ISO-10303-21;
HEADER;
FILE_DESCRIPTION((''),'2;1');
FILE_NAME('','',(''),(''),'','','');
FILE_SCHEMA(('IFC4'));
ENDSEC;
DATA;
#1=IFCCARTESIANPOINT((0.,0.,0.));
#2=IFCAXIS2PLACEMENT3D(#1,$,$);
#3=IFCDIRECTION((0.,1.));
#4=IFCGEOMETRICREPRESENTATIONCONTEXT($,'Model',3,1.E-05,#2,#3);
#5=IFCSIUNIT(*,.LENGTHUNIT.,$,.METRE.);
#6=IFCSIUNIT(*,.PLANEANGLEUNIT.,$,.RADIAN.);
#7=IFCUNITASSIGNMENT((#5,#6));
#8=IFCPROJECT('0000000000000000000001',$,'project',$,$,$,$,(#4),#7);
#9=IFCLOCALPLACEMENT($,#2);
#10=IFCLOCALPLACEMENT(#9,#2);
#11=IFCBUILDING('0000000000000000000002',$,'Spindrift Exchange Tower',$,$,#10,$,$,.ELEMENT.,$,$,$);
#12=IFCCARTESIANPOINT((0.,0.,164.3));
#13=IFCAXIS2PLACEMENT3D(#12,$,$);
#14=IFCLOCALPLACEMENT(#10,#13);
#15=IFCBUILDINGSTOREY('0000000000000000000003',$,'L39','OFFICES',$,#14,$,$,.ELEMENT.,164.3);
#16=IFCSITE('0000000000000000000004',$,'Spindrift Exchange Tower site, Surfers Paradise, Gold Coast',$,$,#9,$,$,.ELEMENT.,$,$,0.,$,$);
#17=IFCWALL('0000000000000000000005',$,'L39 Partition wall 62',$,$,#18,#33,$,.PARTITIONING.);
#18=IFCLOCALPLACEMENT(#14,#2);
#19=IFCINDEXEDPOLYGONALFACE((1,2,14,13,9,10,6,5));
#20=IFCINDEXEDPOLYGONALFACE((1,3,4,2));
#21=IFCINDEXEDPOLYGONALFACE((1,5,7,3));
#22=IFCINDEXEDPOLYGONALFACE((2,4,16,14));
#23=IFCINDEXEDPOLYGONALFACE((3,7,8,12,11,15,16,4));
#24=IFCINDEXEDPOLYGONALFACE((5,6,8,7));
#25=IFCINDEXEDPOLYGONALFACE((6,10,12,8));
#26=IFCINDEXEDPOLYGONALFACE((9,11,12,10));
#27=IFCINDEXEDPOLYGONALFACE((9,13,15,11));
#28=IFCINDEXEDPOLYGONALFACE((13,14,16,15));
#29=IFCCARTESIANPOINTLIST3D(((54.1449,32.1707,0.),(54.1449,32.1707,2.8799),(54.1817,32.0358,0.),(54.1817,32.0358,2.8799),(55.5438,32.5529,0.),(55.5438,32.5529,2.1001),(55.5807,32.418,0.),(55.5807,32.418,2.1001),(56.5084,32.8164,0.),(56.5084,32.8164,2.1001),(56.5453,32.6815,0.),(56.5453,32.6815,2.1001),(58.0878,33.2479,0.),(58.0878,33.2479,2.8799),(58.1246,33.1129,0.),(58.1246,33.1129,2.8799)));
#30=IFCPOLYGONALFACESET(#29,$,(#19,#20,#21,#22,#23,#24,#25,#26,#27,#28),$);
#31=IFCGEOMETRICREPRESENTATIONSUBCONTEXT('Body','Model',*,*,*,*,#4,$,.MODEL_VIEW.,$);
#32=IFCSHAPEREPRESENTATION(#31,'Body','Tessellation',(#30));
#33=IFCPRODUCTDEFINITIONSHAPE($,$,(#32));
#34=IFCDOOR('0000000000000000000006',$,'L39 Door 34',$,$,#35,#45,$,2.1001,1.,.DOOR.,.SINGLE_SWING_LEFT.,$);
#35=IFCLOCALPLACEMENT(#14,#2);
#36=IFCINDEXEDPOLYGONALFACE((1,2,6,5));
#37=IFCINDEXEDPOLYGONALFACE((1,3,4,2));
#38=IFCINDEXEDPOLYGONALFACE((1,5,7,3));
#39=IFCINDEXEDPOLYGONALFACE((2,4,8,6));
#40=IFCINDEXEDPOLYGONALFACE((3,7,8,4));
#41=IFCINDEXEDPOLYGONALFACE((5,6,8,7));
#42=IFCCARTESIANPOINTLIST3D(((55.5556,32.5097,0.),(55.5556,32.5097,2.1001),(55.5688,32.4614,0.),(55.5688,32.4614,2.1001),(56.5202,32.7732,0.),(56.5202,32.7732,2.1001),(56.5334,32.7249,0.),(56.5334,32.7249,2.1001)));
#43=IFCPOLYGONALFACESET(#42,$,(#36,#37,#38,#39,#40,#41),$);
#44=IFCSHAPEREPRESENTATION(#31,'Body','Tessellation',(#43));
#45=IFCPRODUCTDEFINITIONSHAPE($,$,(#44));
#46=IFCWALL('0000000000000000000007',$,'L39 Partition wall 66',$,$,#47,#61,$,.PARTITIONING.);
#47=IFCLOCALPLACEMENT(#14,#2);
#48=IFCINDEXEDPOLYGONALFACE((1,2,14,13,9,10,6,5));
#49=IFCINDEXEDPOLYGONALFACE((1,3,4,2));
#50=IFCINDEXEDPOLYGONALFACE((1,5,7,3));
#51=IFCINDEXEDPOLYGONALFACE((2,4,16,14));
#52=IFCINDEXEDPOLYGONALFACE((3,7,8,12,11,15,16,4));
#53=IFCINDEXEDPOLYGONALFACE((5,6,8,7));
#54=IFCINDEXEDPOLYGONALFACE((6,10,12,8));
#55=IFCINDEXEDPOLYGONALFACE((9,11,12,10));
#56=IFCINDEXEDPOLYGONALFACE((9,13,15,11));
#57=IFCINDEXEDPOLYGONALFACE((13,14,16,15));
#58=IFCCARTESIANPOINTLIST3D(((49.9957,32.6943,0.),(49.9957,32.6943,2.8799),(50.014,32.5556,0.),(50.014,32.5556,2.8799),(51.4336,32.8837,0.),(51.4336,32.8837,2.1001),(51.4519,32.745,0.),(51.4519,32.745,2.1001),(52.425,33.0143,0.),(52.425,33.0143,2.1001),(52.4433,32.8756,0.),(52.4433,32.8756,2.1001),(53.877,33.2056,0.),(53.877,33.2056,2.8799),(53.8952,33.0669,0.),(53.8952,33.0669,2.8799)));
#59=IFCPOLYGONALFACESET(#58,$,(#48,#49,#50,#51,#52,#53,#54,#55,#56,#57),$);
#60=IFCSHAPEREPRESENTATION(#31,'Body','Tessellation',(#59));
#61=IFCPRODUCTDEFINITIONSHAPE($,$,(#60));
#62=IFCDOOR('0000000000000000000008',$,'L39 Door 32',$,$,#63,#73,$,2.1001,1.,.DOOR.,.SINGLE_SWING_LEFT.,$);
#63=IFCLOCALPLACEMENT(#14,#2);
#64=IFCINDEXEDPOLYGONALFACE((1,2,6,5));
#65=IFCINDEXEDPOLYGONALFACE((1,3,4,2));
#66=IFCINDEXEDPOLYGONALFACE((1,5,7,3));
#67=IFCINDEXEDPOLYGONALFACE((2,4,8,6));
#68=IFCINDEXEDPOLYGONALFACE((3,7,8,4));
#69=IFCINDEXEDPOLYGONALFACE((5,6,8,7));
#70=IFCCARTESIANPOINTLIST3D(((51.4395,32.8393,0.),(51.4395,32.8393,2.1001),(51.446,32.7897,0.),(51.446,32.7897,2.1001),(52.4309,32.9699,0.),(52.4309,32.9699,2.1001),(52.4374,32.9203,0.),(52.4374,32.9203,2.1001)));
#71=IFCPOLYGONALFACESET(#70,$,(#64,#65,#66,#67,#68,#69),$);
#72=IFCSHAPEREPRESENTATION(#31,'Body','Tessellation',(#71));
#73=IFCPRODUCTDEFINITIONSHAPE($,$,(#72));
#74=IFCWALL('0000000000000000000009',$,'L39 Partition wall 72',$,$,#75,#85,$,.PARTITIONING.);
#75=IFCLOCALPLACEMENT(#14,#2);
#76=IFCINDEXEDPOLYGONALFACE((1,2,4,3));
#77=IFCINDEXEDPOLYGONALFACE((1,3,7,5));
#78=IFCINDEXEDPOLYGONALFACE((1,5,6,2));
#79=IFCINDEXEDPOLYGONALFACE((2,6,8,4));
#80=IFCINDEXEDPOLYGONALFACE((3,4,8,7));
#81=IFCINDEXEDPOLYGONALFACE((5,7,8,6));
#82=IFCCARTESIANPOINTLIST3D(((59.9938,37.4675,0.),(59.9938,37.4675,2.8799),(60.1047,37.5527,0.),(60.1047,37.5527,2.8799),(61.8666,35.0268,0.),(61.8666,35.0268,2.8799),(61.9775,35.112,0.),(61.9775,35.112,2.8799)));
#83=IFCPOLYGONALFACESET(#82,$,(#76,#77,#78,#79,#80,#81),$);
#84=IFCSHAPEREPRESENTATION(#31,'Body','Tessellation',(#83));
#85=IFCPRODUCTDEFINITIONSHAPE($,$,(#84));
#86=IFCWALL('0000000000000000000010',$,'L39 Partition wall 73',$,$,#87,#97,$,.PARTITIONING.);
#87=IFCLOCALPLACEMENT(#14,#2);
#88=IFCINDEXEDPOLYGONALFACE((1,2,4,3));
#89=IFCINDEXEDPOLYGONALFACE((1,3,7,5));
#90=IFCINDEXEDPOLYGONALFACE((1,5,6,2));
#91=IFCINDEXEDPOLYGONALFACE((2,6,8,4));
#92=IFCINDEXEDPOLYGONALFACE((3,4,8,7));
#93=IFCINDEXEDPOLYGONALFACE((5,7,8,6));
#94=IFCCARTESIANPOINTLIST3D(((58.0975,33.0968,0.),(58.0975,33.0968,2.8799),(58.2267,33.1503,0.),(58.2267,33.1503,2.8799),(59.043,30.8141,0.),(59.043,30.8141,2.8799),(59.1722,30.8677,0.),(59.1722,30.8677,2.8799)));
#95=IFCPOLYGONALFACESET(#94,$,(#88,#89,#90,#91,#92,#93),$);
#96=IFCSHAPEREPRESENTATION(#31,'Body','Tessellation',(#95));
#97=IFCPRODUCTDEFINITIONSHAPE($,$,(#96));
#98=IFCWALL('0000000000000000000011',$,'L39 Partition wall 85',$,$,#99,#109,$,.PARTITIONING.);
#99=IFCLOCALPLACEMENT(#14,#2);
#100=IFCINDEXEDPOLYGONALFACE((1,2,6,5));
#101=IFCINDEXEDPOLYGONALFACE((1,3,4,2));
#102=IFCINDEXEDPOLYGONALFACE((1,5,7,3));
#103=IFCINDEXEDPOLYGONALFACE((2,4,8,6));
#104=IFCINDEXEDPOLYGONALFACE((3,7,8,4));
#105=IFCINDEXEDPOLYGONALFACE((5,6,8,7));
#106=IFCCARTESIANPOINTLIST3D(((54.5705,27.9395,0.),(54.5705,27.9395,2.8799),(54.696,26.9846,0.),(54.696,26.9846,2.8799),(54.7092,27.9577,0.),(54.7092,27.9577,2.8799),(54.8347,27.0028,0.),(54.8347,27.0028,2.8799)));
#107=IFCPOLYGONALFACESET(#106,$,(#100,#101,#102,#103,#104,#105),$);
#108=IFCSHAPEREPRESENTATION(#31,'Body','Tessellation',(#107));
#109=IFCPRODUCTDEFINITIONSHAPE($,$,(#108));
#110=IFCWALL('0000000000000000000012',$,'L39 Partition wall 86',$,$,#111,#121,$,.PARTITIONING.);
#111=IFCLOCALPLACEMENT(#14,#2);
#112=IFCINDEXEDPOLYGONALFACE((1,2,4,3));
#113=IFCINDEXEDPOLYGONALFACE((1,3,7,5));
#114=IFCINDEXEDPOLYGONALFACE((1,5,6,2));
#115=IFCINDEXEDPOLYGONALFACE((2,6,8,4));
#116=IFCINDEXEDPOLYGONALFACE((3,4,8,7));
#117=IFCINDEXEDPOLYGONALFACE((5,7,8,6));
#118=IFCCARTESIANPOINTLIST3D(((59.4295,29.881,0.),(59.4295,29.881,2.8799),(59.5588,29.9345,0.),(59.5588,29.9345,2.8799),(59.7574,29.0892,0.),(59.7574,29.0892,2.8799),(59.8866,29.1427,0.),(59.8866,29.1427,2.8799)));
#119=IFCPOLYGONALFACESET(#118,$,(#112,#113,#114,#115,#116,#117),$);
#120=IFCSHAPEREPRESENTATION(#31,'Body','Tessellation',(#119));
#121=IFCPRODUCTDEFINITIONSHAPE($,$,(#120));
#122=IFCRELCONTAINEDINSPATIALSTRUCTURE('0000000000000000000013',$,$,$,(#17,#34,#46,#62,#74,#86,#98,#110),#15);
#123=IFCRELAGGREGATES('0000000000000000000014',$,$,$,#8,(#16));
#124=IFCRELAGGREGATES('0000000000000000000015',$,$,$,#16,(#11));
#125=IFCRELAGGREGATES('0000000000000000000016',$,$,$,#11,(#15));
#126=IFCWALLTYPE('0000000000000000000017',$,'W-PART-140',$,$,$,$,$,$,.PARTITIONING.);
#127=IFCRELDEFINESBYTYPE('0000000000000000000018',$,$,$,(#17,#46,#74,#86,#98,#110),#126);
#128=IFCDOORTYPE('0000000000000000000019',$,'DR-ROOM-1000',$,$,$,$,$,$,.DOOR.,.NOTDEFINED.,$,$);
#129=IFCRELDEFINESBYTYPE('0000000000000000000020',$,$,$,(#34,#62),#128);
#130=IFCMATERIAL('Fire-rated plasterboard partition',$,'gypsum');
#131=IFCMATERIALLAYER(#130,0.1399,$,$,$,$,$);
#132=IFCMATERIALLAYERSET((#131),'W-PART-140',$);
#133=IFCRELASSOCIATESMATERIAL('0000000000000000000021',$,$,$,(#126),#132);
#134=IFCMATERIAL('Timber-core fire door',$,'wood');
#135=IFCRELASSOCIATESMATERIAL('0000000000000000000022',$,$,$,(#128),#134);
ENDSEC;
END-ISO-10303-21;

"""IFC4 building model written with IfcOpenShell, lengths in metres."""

from ifc_helpers import new_model, si_unit, direction, frame, frame_2d, origin, place, context, subcontext, project, spatial, rectangle, extrude, source, transform, mapped, material, layer, layer_set, type_object, element, fill, save


model = new_model("IFC4")

# Units and contexts
model_context = context("Model", 3, precision=1e-05, world=origin(), true_north=direction((0.0, 1.0)))
body_context = subcontext(model_context, "Body", "Model", "MODEL_VIEW")
ifc_project = project(units=[si_unit("LENGTHUNIT", "METRE"), si_unit("PLANEANGLEUNIT", "RADIAN")], contexts=[model_context])

# Site, building, storey
site_placement = place(None, origin())
site = spatial("IfcSite", under=ifc_project, at=site_placement, Name="Spindrift Exchange Tower site, Surfers Paradise, Gold Coast", CompositionType="ELEMENT", RefElevation=0.0)
building_placement = place(site_placement, origin())
building = spatial("IfcBuilding", under=site, at=building_placement, Name="Spindrift Exchange Tower", CompositionType="ELEMENT")
storey_placement = place(building_placement, frame((0.0, 0.0, 164.3)))
storey = spatial("IfcBuildingStorey", under=building, at=storey_placement, Name="L39", Description="OFFICES", CompositionType="ELEMENT", Elevation=164.3)

# Shared definitions
ifc_material_1 = material(Name="Fire-rated plasterboard partition", Category="gypsum")
ifc_layer_1 = layer(ifc_material_1, 0.1399)
ifc_layer_set_1 = layer_set([ifc_layer_1], Name="W-PART-140")
wall_type = type_object("IfcWallType", Name="W-PART-140", PredefinedType="PARTITIONING", material=ifc_layer_set_1)

# Walls, openings, doors
wall_1_placement = place(storey_placement, frame((58.1062, 33.1804, 0.0), z_axis=(0.0, 0.0, 1.0), x_axis=(-0.964651, -0.263532, 0.0)))
wall_1 = element("IfcWall", 1, at=wall_1_placement, inside=storey, type_object=wall_type, Name="L39 Partition wall 62", PredefinedType="PARTITIONING", context=body_context, shape_type="SweptSolid", body=[
    extrude(rectangle(XDim=4.0874, YDim=0.1399, at=frame_2d((2.0437, 0.0))), origin(), (0.0, 0.0, 1.0), 2.8799),
])
opening_1_placement = place(wall_1_placement, frame((1.6372, 0.0, 0.0)))
opening_1 = element("IfcOpeningElement", 2, at=opening_1_placement, cuts=wall_1, PredefinedType="OPENING", context=body_context, shape_type="SweptSolid", body=[
    extrude(rectangle(XDim=1.0, YDim=2.1001, at=frame_2d((0.5, 1.05))), frame((0.0, 0.0798, 0.0), z_axis=(0.0, -1.0, 0.0), x_axis=(1.0, 0.0, 0.0)), (0.0, 0.0, 1.0), 0.1599),
])
ifc_material_2 = material(Name="Timber-core fire door", Category="wood")
door_type = type_object("IfcDoorType", Name="DR-ROOM-1000", OperationType="NOTDEFINED", PredefinedType="DOOR", material=ifc_material_2)
shared_shape_1 = source(origin(), body_context, "Body", "SweptSolid", [
    extrude(rectangle(XDim=1.0, YDim=2.1001, at=frame_2d((0.5, 1.05))), frame((0.0, 0.0249, 0.0), z_axis=(0.0, -1.0, 0.0), x_axis=(1.0, 0.0, 0.0)), (0.0, 0.0, 1.0), 0.05),
])
door_1_placement = place(opening_1_placement, origin())
door_1 = element("IfcDoor", 3, at=door_1_placement, inside=storey, type_object=door_type, Name="L39 Door 34", OperationType="SINGLE_SWING_LEFT", OverallHeight=2.1001, OverallWidth=1.0, PredefinedType="DOOR", context=body_context, shape_type="MappedRepresentation", body=[
    mapped(shared_shape_1, transform((0.0, 0.0, 0.0), scale=1.0)),
])
fill(opening_1, door_1)
wall_2_placement = place(storey_placement, frame((53.8862, 33.1362, 0.0), z_axis=(0.0, 0.0, 1.0), x_axis=(-0.991437, -0.130587, 0.0)))
wall_2 = element("IfcWall", 4, at=wall_2_placement, inside=storey, type_object=wall_type, Name="L39 Partition wall 66", PredefinedType="PARTITIONING", context=body_context, shape_type="SweptSolid", body=[
    extrude(rectangle(XDim=3.9148, YDim=0.1399, at=frame_2d((1.9575, 0.0))), origin(), (0.0, 0.0, 1.0), 2.8799),
])
opening_2_placement = place(wall_2_placement, frame((1.4646, 0.0, 0.0)))
opening_2 = element("IfcOpeningElement", 5, at=opening_2_placement, cuts=wall_2, PredefinedType="OPENING", context=body_context, shape_type="SweptSolid", body=[
    extrude(rectangle(XDim=1.0, YDim=2.1001, at=frame_2d((0.5, 1.05))), frame((0.0, 0.0798, 0.0), z_axis=(0.0, -1.0, 0.0), x_axis=(1.0, 0.0, 0.0)), (0.0, 0.0, 1.0), 0.1599),
])
door_2_placement = place(opening_2_placement, origin())
door_2 = element("IfcDoor", 6, at=door_2_placement, inside=storey, type_object=door_type, Name="L39 Door 32", OperationType="SINGLE_SWING_LEFT", OverallHeight=2.1001, OverallWidth=1.0, PredefinedType="DOOR", context=body_context, shape_type="MappedRepresentation", body=[
    mapped(shared_shape_1, transform((0.0, 0.0, 0.0), scale=1.0)),
])
fill(opening_2, door_2)

# Walls
wall_3_placement = place(storey_placement, frame((60.0493, 37.51, 0.0), z_axis=(0.0, 0.0, 1.0), x_axis=(0.608763, -0.793352, 0.0)))
element("IfcWall", 7, at=wall_3_placement, inside=storey, type_object=wall_type, Name="L39 Partition wall 72", PredefinedType="PARTITIONING", context=body_context, shape_type="SweptSolid", body=[
    extrude(rectangle(XDim=3.0764, YDim=0.1399, at=frame_2d((1.5381, 0.0))), origin(), (0.0, 0.0, 1.0), 2.8799),
])
wall_4_placement = place(storey_placement, frame((58.1621, 33.1235, 0.0), z_axis=(0.0, 0.0, 1.0), x_axis=(0.382692, -0.923876, 0.0)))
element("IfcWall", 8, at=wall_4_placement, inside=storey, type_object=wall_type, Name="L39 Partition wall 73", PredefinedType="PARTITIONING", context=body_context, shape_type="SweptSolid", body=[
    extrude(rectangle(XDim=2.4707, YDim=0.1399, at=frame_2d((1.2354, 0.0))), origin(), (0.0, 0.0, 1.0), 2.8799),
])
wall_5_placement = place(storey_placement, frame((54.6399, 27.9485, 0.0), z_axis=(0.0, 0.0, 1.0), x_axis=(0.130304, -0.991474, 0.0)))
element("IfcWall", 9, at=wall_5_placement, inside=storey, type_object=wall_type, Name="L39 Partition wall 85", PredefinedType="PARTITIONING", context=body_context, shape_type="SweptSolid", body=[
    extrude(rectangle(XDim=0.9631, YDim=0.1399, at=frame_2d((0.4814, 0.0))), origin(), (0.0, 0.0, 1.0), 2.8799),
])
wall_6_placement = place(storey_placement, frame((59.4941, 29.9077, 0.0), z_axis=(0.0, 0.0, 1.0), x_axis=(0.382612, -0.923909, 0.0)))
element("IfcWall", 10, at=wall_6_placement, inside=storey, type_object=wall_type, Name="L39 Partition wall 86", PredefinedType="PARTITIONING", context=body_context, shape_type="SweptSolid", body=[
    extrude(rectangle(XDim=0.8569, YDim=0.1399, at=frame_2d((0.4285, 0.0))), origin(), (0.0, 0.0, 1.0), 2.8799),
])

save(model, "model.ifc")
